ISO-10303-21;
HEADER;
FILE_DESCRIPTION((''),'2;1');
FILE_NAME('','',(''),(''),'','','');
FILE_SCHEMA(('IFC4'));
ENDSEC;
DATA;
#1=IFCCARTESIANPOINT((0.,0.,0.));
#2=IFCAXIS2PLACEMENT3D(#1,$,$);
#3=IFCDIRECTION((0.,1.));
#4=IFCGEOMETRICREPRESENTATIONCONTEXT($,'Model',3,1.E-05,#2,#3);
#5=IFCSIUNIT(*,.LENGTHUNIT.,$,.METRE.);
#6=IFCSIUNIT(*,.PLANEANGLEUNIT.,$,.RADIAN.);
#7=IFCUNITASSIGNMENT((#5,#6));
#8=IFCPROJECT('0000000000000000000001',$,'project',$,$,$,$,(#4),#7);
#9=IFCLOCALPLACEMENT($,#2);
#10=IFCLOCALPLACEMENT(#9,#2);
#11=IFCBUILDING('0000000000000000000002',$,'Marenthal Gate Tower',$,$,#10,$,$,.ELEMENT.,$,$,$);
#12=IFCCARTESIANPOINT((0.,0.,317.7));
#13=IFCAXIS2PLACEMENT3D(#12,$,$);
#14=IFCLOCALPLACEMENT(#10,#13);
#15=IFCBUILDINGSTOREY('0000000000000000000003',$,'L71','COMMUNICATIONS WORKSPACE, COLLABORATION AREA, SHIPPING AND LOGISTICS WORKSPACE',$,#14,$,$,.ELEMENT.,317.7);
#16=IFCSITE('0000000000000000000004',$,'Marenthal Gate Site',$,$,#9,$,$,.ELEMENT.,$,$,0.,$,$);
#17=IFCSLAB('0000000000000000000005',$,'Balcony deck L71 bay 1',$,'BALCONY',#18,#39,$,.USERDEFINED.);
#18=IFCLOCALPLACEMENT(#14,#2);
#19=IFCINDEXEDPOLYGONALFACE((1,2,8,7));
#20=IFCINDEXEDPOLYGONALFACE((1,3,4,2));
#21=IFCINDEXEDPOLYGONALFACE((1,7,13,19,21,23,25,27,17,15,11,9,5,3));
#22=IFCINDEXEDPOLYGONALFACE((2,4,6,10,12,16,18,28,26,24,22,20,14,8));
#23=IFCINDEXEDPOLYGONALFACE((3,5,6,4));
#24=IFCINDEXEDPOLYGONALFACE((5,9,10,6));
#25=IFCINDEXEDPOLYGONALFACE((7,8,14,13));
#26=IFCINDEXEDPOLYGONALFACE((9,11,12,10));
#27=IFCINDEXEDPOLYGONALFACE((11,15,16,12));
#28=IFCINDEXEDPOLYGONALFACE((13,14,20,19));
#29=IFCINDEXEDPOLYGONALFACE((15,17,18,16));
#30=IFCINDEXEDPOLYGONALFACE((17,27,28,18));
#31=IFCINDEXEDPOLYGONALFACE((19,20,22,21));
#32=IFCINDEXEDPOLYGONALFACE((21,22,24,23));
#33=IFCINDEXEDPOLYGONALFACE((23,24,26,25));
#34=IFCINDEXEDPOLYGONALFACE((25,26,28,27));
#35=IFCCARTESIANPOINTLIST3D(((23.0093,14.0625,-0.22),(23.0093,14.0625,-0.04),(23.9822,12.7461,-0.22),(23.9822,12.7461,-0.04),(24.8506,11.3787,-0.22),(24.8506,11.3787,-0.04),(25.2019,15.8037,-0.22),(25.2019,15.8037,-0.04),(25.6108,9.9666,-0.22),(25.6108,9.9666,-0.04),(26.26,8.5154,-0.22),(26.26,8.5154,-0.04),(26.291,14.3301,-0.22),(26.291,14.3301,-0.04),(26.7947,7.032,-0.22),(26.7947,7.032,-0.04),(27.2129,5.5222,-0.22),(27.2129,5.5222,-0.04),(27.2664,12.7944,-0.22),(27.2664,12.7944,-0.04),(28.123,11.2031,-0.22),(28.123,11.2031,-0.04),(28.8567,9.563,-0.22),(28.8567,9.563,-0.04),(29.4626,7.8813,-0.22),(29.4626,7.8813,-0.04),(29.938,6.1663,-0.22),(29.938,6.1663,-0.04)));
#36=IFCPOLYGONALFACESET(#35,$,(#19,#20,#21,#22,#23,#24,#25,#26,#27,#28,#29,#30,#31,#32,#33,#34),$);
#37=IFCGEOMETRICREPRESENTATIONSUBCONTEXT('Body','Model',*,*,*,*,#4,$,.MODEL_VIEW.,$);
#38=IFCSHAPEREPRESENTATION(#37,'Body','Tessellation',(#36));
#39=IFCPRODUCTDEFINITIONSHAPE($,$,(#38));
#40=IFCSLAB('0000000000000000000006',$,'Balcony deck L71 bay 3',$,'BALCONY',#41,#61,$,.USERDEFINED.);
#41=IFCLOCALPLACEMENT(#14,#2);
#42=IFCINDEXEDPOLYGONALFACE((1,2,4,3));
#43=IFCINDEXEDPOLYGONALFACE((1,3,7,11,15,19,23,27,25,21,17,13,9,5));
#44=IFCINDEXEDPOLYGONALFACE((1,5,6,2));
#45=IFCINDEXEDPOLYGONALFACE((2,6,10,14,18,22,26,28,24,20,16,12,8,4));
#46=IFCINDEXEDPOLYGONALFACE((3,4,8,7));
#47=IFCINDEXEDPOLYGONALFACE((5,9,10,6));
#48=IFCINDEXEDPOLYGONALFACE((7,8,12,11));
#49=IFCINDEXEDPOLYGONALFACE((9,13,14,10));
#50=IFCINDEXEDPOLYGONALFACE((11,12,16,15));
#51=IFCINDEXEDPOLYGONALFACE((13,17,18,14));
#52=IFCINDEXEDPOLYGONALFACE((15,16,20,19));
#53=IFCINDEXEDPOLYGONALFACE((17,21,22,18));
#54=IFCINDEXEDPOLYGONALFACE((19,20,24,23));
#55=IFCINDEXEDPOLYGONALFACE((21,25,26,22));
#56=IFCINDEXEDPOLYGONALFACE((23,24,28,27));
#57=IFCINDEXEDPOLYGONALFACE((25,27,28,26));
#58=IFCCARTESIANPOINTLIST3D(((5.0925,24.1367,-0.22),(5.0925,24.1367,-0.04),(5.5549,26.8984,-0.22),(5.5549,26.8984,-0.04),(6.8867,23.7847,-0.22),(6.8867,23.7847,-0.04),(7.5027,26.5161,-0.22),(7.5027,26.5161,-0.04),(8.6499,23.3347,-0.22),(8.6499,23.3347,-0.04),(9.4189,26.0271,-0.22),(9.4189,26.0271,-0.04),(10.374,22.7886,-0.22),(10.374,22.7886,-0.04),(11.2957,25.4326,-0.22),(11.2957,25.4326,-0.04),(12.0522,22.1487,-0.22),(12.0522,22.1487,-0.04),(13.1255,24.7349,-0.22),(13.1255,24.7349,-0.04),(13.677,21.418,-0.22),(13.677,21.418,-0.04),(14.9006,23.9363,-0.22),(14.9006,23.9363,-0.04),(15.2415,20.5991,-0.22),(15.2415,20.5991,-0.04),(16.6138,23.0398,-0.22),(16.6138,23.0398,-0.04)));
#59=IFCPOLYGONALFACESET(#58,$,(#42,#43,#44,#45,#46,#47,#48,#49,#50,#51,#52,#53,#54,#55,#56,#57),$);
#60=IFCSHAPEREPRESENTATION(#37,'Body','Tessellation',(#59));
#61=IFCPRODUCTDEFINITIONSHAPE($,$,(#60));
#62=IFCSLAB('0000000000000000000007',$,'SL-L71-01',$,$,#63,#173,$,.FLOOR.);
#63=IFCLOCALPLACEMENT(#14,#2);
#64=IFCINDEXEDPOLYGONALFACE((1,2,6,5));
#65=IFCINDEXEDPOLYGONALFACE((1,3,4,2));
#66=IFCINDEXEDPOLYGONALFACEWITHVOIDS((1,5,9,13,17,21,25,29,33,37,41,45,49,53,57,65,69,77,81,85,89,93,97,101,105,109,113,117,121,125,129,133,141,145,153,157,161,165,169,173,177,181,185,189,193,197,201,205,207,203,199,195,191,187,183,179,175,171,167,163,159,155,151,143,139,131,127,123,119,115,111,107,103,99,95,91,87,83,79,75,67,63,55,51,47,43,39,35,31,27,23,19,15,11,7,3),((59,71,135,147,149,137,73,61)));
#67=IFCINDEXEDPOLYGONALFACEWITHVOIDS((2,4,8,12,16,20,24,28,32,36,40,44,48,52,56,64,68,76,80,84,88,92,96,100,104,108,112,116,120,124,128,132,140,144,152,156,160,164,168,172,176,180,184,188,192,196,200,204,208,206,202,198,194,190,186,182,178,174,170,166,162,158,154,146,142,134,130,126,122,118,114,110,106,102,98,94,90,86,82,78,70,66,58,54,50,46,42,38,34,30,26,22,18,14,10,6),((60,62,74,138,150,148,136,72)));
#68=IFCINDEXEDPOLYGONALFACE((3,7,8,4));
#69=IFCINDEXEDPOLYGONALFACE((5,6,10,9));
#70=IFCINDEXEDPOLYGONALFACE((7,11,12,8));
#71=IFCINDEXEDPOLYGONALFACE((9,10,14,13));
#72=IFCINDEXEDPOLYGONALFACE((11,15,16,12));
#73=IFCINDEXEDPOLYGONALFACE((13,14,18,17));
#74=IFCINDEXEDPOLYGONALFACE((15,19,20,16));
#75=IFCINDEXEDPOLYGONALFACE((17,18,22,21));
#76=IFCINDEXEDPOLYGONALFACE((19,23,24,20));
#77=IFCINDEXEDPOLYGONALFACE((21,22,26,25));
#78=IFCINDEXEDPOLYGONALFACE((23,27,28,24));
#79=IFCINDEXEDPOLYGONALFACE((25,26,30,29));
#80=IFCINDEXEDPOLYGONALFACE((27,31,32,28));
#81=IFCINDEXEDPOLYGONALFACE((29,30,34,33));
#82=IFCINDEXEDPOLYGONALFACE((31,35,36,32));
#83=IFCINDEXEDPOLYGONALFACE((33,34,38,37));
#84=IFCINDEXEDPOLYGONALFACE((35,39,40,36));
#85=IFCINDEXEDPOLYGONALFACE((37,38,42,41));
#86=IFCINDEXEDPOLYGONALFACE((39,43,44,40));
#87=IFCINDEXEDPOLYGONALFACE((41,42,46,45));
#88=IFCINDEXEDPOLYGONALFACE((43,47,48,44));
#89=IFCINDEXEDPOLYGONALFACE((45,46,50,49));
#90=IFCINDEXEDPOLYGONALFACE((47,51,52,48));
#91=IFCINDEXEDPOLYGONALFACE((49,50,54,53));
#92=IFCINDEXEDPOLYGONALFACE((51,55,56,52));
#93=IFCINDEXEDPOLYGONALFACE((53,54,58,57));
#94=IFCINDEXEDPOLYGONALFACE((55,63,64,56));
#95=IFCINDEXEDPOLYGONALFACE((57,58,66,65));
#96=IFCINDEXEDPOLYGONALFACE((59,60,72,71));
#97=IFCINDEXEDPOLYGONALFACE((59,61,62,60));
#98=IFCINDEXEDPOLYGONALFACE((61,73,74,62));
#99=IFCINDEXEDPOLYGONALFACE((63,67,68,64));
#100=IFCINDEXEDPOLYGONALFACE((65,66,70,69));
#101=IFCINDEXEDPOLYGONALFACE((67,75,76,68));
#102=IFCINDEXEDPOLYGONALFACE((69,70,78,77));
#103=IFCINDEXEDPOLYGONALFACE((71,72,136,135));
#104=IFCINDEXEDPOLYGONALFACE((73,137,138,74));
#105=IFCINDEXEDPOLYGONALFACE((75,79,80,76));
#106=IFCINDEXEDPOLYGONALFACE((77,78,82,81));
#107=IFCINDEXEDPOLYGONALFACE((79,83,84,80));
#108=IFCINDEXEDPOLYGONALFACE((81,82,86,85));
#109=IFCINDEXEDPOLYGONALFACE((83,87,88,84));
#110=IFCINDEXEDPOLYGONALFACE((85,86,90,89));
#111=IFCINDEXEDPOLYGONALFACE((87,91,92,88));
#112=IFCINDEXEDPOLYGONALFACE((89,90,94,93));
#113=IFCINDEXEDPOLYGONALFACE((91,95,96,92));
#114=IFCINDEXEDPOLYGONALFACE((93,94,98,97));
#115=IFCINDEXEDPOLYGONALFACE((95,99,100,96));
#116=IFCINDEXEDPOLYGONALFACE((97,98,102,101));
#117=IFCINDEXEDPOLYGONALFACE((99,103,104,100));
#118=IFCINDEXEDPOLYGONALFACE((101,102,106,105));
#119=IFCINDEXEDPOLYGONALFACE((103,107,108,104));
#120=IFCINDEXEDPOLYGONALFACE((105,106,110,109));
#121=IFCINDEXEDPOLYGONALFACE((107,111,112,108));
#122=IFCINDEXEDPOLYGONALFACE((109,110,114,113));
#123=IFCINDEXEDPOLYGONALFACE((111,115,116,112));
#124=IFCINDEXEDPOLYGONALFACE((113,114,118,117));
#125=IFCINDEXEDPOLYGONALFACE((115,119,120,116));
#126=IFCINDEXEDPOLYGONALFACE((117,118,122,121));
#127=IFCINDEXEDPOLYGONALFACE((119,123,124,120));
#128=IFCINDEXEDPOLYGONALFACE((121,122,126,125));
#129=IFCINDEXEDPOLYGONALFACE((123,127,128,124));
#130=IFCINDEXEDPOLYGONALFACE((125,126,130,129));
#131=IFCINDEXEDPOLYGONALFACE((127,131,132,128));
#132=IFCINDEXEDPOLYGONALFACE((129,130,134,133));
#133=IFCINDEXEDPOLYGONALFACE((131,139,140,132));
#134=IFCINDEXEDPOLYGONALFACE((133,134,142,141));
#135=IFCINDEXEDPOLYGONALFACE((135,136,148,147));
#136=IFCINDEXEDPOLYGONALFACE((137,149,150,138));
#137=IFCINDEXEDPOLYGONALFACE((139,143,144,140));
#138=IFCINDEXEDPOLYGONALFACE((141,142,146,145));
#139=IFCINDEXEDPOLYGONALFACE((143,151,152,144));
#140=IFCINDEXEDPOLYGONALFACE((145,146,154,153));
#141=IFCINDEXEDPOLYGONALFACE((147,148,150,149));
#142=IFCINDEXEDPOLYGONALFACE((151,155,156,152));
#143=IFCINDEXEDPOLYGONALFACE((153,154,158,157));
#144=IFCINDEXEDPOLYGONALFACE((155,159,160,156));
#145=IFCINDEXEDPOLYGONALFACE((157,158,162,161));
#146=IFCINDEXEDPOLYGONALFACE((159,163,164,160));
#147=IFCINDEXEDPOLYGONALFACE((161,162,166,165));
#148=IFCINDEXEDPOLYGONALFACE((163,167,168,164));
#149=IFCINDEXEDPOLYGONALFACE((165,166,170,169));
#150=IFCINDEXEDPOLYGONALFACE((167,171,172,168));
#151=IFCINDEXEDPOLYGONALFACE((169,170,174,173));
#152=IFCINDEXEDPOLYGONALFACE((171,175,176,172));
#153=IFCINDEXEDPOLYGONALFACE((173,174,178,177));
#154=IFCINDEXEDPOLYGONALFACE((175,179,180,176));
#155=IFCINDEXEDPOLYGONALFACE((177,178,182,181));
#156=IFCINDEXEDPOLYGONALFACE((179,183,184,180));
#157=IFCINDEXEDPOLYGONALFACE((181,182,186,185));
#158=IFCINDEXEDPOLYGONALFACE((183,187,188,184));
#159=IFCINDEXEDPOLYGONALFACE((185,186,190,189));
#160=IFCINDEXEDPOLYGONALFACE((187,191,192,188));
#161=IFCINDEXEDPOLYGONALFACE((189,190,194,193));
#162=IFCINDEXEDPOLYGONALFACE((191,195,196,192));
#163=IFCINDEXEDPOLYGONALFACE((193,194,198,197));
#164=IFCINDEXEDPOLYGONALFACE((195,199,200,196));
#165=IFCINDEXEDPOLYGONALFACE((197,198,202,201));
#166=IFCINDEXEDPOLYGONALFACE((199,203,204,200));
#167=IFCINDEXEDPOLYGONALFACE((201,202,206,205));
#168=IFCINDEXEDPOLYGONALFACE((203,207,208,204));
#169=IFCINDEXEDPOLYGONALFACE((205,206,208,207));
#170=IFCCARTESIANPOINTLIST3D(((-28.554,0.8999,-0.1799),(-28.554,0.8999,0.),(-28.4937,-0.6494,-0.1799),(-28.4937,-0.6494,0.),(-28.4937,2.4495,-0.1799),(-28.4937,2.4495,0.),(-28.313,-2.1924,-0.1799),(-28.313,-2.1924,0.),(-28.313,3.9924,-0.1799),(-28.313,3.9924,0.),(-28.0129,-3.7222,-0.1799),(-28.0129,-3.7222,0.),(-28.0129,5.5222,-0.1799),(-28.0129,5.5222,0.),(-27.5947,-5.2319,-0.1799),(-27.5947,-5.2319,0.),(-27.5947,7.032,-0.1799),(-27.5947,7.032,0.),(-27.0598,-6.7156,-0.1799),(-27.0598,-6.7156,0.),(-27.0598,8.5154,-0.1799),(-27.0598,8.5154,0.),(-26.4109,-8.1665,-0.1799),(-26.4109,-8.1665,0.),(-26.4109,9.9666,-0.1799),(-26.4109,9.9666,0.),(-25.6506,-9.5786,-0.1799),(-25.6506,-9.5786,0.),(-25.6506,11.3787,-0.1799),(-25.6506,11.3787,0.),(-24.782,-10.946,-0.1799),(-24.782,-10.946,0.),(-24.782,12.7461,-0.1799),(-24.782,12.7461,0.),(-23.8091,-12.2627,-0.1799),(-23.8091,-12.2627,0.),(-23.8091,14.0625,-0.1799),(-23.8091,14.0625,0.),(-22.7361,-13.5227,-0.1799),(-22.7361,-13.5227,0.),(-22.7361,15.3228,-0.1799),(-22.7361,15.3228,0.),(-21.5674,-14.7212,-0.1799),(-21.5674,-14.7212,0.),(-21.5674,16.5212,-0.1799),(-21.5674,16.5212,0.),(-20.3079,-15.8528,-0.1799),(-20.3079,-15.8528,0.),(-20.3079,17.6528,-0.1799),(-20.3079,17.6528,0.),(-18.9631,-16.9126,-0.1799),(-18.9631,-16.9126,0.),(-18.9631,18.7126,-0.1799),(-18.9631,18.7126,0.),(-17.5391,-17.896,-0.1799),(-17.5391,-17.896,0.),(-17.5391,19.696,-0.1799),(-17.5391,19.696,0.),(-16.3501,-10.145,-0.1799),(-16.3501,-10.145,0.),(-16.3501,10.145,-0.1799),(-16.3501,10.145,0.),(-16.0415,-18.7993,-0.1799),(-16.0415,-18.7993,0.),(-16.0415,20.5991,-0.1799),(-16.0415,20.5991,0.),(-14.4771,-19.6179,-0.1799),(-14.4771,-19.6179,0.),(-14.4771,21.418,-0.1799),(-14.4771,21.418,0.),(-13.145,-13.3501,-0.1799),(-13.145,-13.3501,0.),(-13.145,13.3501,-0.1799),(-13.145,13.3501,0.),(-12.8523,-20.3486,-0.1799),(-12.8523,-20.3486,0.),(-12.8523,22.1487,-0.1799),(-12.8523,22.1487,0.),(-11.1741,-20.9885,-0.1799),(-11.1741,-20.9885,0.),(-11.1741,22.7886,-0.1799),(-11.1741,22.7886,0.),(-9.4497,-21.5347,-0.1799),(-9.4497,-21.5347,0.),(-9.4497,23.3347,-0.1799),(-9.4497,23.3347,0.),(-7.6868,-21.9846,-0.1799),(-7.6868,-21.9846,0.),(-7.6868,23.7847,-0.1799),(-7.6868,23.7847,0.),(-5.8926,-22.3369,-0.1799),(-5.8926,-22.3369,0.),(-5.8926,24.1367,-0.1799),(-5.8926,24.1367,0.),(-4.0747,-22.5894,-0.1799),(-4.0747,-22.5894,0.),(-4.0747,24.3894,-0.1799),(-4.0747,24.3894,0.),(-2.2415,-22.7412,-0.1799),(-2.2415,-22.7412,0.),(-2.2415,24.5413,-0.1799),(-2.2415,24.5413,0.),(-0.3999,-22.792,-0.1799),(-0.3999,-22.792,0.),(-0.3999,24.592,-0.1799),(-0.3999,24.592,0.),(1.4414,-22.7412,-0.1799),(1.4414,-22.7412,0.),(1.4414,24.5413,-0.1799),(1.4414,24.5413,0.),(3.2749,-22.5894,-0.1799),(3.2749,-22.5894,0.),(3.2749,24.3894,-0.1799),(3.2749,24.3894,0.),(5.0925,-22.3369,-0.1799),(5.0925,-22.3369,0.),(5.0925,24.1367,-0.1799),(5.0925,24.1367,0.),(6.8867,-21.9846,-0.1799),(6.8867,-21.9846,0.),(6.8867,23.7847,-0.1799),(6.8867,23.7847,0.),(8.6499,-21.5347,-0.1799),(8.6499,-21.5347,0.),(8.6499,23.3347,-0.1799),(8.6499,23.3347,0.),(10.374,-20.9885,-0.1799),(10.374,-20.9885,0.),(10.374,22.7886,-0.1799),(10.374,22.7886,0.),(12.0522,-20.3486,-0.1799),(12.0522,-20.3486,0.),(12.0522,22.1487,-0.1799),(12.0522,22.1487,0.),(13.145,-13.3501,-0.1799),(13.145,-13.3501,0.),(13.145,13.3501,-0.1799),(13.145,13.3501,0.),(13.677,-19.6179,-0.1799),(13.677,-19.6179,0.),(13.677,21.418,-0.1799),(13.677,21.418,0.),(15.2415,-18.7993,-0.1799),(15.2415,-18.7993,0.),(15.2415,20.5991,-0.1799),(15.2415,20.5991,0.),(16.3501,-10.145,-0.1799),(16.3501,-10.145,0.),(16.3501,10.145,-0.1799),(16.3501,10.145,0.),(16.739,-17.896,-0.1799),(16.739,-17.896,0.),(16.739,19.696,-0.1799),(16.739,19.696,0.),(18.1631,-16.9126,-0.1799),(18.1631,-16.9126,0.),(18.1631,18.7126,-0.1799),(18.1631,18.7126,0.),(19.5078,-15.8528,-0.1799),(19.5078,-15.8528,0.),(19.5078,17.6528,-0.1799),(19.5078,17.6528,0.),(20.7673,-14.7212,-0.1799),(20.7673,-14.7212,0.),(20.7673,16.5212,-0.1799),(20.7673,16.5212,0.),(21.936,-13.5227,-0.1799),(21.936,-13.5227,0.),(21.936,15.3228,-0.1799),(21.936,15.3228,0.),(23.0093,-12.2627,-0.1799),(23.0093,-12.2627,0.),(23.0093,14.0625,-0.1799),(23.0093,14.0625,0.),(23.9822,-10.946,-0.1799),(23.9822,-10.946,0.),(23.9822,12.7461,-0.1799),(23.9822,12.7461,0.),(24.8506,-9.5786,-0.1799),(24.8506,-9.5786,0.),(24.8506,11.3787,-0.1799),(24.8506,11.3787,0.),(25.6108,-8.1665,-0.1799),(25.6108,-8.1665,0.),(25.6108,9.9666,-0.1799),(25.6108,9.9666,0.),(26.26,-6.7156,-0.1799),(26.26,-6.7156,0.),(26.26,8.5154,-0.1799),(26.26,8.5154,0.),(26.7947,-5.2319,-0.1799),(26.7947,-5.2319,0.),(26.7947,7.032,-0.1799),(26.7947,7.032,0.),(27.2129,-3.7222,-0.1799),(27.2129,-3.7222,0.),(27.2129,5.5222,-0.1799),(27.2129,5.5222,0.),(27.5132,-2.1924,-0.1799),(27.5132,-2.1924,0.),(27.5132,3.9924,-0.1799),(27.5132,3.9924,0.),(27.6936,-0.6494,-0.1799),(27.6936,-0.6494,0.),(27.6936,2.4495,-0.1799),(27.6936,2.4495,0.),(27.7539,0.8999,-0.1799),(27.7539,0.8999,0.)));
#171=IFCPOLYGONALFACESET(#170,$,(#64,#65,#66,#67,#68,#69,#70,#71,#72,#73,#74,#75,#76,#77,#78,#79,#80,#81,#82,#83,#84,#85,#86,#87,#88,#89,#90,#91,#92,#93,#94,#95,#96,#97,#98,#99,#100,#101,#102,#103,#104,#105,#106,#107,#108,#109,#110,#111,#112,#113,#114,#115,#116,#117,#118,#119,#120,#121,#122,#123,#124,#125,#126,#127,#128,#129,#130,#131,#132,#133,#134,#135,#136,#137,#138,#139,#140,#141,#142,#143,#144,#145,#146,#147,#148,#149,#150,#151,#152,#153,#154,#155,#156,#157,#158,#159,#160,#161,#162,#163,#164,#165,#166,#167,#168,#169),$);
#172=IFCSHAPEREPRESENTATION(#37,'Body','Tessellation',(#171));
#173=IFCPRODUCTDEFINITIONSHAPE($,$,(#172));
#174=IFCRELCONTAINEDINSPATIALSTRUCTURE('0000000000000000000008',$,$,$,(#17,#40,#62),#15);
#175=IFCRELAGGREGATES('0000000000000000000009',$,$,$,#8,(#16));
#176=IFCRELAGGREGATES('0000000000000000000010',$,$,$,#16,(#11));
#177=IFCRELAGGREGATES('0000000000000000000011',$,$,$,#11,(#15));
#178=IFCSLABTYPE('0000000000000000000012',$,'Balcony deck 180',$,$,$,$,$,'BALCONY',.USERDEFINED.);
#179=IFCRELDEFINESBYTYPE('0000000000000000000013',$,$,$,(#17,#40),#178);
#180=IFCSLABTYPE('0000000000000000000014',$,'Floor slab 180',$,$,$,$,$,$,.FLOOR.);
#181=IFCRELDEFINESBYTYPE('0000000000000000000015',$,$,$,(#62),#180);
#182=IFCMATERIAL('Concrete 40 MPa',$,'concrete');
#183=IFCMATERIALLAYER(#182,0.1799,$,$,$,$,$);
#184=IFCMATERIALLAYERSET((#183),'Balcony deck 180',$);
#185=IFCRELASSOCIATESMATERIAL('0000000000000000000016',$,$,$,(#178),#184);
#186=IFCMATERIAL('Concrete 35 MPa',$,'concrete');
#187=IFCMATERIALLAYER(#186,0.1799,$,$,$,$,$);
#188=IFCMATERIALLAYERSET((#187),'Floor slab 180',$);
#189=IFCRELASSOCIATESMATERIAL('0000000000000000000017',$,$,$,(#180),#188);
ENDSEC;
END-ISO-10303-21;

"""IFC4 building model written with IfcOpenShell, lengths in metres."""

from ifc_helpers import new_model, si_unit, direction, frame, origin, place, context, subcontext, project, spatial, polyline, outline, extrude, material, layer, layer_set, type_object, element, save


model = new_model("IFC4")

# Units and contexts
model_context = context("Model", 3, precision=1e-05, world=origin(), true_north=direction((0.0, 1.0)))
body_context = subcontext(model_context, "Body", "Model", "MODEL_VIEW")
ifc_project = project(units=[si_unit("LENGTHUNIT", "METRE"), si_unit("PLANEANGLEUNIT", "RADIAN")], contexts=[model_context])

# Site, building, storey
site_placement = place(None, origin())
site = spatial("IfcSite", under=ifc_project, at=site_placement, Name="Marenthal Gate Site", CompositionType="ELEMENT", RefElevation=0.0)
building_placement = place(site_placement, origin())
building = spatial("IfcBuilding", under=site, at=building_placement, Name="Marenthal Gate Tower", CompositionType="ELEMENT")
storey_placement = place(building_placement, frame((0.0, 0.0, 317.7)))
storey = spatial("IfcBuildingStorey", under=building, at=storey_placement, Name="L71", Description="COMMUNICATIONS WORKSPACE, COLLABORATION AREA, SHIPPING AND LOGISTICS WORKSPACE", CompositionType="ELEMENT", Elevation=317.7)

# Slabs
ifc_material_1 = material(Name="Concrete 40 MPa", Category="concrete")
ifc_layer_1 = layer(ifc_material_1, 0.1799)
ifc_layer_set_1 = layer_set([ifc_layer_1], Name="Balcony deck 180")
slab_type_1 = type_object("IfcSlabType", Name="Balcony deck 180", ElementType="BALCONY", PredefinedType="USERDEFINED", material=ifc_layer_set_1)
slab_1_placement = place(storey_placement, frame((0.0, 0.0, -0.22)))
element("IfcSlab", 1, at=slab_1_placement, inside=storey, type_object=slab_type_1, Name="Balcony deck L71 bay 1", ObjectType="BALCONY", PredefinedType="USERDEFINED", context=body_context, shape_type="SweptSolid", body=[
    extrude(outline(polyline([(27.2129, 5.5222), (26.7947, 7.032), (26.26, 8.5154), (25.6108, 9.9666), (24.8506, 11.3787), (23.9822, 12.7461), (23.0093, 14.0625), (25.2019, 15.8037), (26.291, 14.3301), (27.2664, 12.7944), (28.123, 11.2031), (28.8567, 9.563), (29.4626, 7.8813), (29.938, 6.1663), (27.2129, 5.5222)])), origin(), (0.0, 0.0, 1.0), 0.1799),
])
slab_2_placement = place(storey_placement, frame((0.0, 0.0, -0.22)))
element("IfcSlab", 2, at=slab_2_placement, inside=storey, type_object=slab_type_1, Name="Balcony deck L71 bay 3", ObjectType="BALCONY", PredefinedType="USERDEFINED", context=body_context, shape_type="SweptSolid", body=[
    extrude(outline(polyline([(15.2415, 20.5991), (13.677, 21.418), (12.0522, 22.1487), (10.374, 22.7886), (8.6499, 23.3347), (6.8867, 23.7847), (5.0925, 24.1367), (5.5549, 26.8984), (7.5027, 26.5161), (9.4189, 26.0271), (11.2957, 25.4326), (13.1255, 24.7349), (14.9006, 23.9363), (16.6138, 23.0398), (15.2415, 20.5991)])), origin(), (0.0, 0.0, 1.0), 0.1799),
])
ifc_material_2 = material(Name="Concrete 35 MPa", Category="concrete")
ifc_layer_2 = layer(ifc_material_2, 0.1799)
ifc_layer_set_2 = layer_set([ifc_layer_2], Name="Floor slab 180")
slab_type_2 = type_object("IfcSlabType", Name="Floor slab 180", PredefinedType="FLOOR", material=ifc_layer_set_2)
slab_3_placement = place(storey_placement, frame((0.0, 0.0, -0.1799)))
element("IfcSlab", 3, at=slab_3_placement, inside=storey, type_object=slab_type_2, Name="SL-L71-01", PredefinedType="FLOOR", context=body_context, shape_type="SweptSolid", body=[
    extrude(outline(polyline([(27.7539, 0.8999), (27.6936, 2.4495), (27.5132, 3.9924), (27.2129, 5.5222), (26.7947, 7.032), (26.26, 8.5154), (25.6108, 9.9666), (24.8506, 11.3787), (23.9822, 12.7461), (23.0093, 14.0625), (21.936, 15.3228), (20.7673, 16.5212), (19.5078, 17.6528), (18.1631, 18.7126), (16.739, 19.696), (15.2415, 20.5991), (13.677, 21.418), (12.0522, 22.1487), (10.374, 22.7886), (8.6499, 23.3347), (6.8867, 23.7847), (5.0925, 24.1367), (3.2749, 24.3894), (1.4414, 24.5413), (-0.3999, 24.592), (-2.2415, 24.5413), (-4.0747, 24.3894), (-5.8926, 24.1367), (-7.6868, 23.7847), (-9.4497, 23.3347), (-11.1741, 22.7886), (-12.8523, 22.1487), (-14.4771, 21.418), (-16.0415, 20.5991), (-17.5391, 19.696), (-18.9631, 18.7126), (-20.3079, 17.6528), (-21.5674, 16.5212), (-22.7361, 15.3228), (-23.8091, 14.0625), (-24.782, 12.7461), (-25.6506, 11.3787), (-26.4109, 9.9666), (-27.0598, 8.5154), (-27.5947, 7.032), (-28.0129, 5.5222), (-28.313, 3.9924), (-28.4937, 2.4495), (-28.554, 0.8999), (-28.4937, -0.6494), (-28.313, -2.1924), (-28.0129, -3.7222), (-27.5947, -5.2319), (-27.0598, -6.7156), (-26.4109, -8.1665), (-25.6506, -9.5786), (-24.782, -10.946), (-23.8091, -12.2627), (-22.7361, -13.5227), (-21.5674, -14.7212), (-20.3079, -15.8528), (-18.9631, -16.9126), (-17.5391, -17.896), (-16.0415, -18.7993), (-14.4771, -19.6179), (-12.8523, -20.3486), (-11.1741, -20.9885), (-9.4497, -21.5347), (-7.6868, -21.9846), (-5.8926, -22.3369), (-4.0747, -22.5894), (-2.2415, -22.7412), (-0.3999, -22.792), (1.4414, -22.7412), (3.2749, -22.5894), (5.0925, -22.3369), (6.8867, -21.9846), (8.6499, -21.5347), (10.374, -20.9885), (12.0522, -20.3486), (13.677, -19.6179), (15.2415, -18.7993), (16.739, -17.896), (18.1631, -16.9126), (19.5078, -15.8528), (20.7673, -14.7212), (21.936, -13.5227), (23.0093, -12.2627), (23.9822, -10.946), (24.8506, -9.5786), (25.6108, -8.1665), (26.26, -6.7156), (26.7947, -5.2319), (27.2129, -3.7222), (27.5132, -2.1924), (27.6936, -0.6494), (27.7539, 0.8999)]), holes=[polyline([(13.145, -13.3501), (16.3501, -10.145), (16.3501, 10.145), (13.145, 13.3501), (-13.145, 13.3501), (-16.3501, 10.145), (-16.3501, -10.145), (-13.145, -13.3501), (13.145, -13.3501)])]), origin(), (0.0, 0.0, 1.0), 0.1799),
])

save(model, "model.ifc")
